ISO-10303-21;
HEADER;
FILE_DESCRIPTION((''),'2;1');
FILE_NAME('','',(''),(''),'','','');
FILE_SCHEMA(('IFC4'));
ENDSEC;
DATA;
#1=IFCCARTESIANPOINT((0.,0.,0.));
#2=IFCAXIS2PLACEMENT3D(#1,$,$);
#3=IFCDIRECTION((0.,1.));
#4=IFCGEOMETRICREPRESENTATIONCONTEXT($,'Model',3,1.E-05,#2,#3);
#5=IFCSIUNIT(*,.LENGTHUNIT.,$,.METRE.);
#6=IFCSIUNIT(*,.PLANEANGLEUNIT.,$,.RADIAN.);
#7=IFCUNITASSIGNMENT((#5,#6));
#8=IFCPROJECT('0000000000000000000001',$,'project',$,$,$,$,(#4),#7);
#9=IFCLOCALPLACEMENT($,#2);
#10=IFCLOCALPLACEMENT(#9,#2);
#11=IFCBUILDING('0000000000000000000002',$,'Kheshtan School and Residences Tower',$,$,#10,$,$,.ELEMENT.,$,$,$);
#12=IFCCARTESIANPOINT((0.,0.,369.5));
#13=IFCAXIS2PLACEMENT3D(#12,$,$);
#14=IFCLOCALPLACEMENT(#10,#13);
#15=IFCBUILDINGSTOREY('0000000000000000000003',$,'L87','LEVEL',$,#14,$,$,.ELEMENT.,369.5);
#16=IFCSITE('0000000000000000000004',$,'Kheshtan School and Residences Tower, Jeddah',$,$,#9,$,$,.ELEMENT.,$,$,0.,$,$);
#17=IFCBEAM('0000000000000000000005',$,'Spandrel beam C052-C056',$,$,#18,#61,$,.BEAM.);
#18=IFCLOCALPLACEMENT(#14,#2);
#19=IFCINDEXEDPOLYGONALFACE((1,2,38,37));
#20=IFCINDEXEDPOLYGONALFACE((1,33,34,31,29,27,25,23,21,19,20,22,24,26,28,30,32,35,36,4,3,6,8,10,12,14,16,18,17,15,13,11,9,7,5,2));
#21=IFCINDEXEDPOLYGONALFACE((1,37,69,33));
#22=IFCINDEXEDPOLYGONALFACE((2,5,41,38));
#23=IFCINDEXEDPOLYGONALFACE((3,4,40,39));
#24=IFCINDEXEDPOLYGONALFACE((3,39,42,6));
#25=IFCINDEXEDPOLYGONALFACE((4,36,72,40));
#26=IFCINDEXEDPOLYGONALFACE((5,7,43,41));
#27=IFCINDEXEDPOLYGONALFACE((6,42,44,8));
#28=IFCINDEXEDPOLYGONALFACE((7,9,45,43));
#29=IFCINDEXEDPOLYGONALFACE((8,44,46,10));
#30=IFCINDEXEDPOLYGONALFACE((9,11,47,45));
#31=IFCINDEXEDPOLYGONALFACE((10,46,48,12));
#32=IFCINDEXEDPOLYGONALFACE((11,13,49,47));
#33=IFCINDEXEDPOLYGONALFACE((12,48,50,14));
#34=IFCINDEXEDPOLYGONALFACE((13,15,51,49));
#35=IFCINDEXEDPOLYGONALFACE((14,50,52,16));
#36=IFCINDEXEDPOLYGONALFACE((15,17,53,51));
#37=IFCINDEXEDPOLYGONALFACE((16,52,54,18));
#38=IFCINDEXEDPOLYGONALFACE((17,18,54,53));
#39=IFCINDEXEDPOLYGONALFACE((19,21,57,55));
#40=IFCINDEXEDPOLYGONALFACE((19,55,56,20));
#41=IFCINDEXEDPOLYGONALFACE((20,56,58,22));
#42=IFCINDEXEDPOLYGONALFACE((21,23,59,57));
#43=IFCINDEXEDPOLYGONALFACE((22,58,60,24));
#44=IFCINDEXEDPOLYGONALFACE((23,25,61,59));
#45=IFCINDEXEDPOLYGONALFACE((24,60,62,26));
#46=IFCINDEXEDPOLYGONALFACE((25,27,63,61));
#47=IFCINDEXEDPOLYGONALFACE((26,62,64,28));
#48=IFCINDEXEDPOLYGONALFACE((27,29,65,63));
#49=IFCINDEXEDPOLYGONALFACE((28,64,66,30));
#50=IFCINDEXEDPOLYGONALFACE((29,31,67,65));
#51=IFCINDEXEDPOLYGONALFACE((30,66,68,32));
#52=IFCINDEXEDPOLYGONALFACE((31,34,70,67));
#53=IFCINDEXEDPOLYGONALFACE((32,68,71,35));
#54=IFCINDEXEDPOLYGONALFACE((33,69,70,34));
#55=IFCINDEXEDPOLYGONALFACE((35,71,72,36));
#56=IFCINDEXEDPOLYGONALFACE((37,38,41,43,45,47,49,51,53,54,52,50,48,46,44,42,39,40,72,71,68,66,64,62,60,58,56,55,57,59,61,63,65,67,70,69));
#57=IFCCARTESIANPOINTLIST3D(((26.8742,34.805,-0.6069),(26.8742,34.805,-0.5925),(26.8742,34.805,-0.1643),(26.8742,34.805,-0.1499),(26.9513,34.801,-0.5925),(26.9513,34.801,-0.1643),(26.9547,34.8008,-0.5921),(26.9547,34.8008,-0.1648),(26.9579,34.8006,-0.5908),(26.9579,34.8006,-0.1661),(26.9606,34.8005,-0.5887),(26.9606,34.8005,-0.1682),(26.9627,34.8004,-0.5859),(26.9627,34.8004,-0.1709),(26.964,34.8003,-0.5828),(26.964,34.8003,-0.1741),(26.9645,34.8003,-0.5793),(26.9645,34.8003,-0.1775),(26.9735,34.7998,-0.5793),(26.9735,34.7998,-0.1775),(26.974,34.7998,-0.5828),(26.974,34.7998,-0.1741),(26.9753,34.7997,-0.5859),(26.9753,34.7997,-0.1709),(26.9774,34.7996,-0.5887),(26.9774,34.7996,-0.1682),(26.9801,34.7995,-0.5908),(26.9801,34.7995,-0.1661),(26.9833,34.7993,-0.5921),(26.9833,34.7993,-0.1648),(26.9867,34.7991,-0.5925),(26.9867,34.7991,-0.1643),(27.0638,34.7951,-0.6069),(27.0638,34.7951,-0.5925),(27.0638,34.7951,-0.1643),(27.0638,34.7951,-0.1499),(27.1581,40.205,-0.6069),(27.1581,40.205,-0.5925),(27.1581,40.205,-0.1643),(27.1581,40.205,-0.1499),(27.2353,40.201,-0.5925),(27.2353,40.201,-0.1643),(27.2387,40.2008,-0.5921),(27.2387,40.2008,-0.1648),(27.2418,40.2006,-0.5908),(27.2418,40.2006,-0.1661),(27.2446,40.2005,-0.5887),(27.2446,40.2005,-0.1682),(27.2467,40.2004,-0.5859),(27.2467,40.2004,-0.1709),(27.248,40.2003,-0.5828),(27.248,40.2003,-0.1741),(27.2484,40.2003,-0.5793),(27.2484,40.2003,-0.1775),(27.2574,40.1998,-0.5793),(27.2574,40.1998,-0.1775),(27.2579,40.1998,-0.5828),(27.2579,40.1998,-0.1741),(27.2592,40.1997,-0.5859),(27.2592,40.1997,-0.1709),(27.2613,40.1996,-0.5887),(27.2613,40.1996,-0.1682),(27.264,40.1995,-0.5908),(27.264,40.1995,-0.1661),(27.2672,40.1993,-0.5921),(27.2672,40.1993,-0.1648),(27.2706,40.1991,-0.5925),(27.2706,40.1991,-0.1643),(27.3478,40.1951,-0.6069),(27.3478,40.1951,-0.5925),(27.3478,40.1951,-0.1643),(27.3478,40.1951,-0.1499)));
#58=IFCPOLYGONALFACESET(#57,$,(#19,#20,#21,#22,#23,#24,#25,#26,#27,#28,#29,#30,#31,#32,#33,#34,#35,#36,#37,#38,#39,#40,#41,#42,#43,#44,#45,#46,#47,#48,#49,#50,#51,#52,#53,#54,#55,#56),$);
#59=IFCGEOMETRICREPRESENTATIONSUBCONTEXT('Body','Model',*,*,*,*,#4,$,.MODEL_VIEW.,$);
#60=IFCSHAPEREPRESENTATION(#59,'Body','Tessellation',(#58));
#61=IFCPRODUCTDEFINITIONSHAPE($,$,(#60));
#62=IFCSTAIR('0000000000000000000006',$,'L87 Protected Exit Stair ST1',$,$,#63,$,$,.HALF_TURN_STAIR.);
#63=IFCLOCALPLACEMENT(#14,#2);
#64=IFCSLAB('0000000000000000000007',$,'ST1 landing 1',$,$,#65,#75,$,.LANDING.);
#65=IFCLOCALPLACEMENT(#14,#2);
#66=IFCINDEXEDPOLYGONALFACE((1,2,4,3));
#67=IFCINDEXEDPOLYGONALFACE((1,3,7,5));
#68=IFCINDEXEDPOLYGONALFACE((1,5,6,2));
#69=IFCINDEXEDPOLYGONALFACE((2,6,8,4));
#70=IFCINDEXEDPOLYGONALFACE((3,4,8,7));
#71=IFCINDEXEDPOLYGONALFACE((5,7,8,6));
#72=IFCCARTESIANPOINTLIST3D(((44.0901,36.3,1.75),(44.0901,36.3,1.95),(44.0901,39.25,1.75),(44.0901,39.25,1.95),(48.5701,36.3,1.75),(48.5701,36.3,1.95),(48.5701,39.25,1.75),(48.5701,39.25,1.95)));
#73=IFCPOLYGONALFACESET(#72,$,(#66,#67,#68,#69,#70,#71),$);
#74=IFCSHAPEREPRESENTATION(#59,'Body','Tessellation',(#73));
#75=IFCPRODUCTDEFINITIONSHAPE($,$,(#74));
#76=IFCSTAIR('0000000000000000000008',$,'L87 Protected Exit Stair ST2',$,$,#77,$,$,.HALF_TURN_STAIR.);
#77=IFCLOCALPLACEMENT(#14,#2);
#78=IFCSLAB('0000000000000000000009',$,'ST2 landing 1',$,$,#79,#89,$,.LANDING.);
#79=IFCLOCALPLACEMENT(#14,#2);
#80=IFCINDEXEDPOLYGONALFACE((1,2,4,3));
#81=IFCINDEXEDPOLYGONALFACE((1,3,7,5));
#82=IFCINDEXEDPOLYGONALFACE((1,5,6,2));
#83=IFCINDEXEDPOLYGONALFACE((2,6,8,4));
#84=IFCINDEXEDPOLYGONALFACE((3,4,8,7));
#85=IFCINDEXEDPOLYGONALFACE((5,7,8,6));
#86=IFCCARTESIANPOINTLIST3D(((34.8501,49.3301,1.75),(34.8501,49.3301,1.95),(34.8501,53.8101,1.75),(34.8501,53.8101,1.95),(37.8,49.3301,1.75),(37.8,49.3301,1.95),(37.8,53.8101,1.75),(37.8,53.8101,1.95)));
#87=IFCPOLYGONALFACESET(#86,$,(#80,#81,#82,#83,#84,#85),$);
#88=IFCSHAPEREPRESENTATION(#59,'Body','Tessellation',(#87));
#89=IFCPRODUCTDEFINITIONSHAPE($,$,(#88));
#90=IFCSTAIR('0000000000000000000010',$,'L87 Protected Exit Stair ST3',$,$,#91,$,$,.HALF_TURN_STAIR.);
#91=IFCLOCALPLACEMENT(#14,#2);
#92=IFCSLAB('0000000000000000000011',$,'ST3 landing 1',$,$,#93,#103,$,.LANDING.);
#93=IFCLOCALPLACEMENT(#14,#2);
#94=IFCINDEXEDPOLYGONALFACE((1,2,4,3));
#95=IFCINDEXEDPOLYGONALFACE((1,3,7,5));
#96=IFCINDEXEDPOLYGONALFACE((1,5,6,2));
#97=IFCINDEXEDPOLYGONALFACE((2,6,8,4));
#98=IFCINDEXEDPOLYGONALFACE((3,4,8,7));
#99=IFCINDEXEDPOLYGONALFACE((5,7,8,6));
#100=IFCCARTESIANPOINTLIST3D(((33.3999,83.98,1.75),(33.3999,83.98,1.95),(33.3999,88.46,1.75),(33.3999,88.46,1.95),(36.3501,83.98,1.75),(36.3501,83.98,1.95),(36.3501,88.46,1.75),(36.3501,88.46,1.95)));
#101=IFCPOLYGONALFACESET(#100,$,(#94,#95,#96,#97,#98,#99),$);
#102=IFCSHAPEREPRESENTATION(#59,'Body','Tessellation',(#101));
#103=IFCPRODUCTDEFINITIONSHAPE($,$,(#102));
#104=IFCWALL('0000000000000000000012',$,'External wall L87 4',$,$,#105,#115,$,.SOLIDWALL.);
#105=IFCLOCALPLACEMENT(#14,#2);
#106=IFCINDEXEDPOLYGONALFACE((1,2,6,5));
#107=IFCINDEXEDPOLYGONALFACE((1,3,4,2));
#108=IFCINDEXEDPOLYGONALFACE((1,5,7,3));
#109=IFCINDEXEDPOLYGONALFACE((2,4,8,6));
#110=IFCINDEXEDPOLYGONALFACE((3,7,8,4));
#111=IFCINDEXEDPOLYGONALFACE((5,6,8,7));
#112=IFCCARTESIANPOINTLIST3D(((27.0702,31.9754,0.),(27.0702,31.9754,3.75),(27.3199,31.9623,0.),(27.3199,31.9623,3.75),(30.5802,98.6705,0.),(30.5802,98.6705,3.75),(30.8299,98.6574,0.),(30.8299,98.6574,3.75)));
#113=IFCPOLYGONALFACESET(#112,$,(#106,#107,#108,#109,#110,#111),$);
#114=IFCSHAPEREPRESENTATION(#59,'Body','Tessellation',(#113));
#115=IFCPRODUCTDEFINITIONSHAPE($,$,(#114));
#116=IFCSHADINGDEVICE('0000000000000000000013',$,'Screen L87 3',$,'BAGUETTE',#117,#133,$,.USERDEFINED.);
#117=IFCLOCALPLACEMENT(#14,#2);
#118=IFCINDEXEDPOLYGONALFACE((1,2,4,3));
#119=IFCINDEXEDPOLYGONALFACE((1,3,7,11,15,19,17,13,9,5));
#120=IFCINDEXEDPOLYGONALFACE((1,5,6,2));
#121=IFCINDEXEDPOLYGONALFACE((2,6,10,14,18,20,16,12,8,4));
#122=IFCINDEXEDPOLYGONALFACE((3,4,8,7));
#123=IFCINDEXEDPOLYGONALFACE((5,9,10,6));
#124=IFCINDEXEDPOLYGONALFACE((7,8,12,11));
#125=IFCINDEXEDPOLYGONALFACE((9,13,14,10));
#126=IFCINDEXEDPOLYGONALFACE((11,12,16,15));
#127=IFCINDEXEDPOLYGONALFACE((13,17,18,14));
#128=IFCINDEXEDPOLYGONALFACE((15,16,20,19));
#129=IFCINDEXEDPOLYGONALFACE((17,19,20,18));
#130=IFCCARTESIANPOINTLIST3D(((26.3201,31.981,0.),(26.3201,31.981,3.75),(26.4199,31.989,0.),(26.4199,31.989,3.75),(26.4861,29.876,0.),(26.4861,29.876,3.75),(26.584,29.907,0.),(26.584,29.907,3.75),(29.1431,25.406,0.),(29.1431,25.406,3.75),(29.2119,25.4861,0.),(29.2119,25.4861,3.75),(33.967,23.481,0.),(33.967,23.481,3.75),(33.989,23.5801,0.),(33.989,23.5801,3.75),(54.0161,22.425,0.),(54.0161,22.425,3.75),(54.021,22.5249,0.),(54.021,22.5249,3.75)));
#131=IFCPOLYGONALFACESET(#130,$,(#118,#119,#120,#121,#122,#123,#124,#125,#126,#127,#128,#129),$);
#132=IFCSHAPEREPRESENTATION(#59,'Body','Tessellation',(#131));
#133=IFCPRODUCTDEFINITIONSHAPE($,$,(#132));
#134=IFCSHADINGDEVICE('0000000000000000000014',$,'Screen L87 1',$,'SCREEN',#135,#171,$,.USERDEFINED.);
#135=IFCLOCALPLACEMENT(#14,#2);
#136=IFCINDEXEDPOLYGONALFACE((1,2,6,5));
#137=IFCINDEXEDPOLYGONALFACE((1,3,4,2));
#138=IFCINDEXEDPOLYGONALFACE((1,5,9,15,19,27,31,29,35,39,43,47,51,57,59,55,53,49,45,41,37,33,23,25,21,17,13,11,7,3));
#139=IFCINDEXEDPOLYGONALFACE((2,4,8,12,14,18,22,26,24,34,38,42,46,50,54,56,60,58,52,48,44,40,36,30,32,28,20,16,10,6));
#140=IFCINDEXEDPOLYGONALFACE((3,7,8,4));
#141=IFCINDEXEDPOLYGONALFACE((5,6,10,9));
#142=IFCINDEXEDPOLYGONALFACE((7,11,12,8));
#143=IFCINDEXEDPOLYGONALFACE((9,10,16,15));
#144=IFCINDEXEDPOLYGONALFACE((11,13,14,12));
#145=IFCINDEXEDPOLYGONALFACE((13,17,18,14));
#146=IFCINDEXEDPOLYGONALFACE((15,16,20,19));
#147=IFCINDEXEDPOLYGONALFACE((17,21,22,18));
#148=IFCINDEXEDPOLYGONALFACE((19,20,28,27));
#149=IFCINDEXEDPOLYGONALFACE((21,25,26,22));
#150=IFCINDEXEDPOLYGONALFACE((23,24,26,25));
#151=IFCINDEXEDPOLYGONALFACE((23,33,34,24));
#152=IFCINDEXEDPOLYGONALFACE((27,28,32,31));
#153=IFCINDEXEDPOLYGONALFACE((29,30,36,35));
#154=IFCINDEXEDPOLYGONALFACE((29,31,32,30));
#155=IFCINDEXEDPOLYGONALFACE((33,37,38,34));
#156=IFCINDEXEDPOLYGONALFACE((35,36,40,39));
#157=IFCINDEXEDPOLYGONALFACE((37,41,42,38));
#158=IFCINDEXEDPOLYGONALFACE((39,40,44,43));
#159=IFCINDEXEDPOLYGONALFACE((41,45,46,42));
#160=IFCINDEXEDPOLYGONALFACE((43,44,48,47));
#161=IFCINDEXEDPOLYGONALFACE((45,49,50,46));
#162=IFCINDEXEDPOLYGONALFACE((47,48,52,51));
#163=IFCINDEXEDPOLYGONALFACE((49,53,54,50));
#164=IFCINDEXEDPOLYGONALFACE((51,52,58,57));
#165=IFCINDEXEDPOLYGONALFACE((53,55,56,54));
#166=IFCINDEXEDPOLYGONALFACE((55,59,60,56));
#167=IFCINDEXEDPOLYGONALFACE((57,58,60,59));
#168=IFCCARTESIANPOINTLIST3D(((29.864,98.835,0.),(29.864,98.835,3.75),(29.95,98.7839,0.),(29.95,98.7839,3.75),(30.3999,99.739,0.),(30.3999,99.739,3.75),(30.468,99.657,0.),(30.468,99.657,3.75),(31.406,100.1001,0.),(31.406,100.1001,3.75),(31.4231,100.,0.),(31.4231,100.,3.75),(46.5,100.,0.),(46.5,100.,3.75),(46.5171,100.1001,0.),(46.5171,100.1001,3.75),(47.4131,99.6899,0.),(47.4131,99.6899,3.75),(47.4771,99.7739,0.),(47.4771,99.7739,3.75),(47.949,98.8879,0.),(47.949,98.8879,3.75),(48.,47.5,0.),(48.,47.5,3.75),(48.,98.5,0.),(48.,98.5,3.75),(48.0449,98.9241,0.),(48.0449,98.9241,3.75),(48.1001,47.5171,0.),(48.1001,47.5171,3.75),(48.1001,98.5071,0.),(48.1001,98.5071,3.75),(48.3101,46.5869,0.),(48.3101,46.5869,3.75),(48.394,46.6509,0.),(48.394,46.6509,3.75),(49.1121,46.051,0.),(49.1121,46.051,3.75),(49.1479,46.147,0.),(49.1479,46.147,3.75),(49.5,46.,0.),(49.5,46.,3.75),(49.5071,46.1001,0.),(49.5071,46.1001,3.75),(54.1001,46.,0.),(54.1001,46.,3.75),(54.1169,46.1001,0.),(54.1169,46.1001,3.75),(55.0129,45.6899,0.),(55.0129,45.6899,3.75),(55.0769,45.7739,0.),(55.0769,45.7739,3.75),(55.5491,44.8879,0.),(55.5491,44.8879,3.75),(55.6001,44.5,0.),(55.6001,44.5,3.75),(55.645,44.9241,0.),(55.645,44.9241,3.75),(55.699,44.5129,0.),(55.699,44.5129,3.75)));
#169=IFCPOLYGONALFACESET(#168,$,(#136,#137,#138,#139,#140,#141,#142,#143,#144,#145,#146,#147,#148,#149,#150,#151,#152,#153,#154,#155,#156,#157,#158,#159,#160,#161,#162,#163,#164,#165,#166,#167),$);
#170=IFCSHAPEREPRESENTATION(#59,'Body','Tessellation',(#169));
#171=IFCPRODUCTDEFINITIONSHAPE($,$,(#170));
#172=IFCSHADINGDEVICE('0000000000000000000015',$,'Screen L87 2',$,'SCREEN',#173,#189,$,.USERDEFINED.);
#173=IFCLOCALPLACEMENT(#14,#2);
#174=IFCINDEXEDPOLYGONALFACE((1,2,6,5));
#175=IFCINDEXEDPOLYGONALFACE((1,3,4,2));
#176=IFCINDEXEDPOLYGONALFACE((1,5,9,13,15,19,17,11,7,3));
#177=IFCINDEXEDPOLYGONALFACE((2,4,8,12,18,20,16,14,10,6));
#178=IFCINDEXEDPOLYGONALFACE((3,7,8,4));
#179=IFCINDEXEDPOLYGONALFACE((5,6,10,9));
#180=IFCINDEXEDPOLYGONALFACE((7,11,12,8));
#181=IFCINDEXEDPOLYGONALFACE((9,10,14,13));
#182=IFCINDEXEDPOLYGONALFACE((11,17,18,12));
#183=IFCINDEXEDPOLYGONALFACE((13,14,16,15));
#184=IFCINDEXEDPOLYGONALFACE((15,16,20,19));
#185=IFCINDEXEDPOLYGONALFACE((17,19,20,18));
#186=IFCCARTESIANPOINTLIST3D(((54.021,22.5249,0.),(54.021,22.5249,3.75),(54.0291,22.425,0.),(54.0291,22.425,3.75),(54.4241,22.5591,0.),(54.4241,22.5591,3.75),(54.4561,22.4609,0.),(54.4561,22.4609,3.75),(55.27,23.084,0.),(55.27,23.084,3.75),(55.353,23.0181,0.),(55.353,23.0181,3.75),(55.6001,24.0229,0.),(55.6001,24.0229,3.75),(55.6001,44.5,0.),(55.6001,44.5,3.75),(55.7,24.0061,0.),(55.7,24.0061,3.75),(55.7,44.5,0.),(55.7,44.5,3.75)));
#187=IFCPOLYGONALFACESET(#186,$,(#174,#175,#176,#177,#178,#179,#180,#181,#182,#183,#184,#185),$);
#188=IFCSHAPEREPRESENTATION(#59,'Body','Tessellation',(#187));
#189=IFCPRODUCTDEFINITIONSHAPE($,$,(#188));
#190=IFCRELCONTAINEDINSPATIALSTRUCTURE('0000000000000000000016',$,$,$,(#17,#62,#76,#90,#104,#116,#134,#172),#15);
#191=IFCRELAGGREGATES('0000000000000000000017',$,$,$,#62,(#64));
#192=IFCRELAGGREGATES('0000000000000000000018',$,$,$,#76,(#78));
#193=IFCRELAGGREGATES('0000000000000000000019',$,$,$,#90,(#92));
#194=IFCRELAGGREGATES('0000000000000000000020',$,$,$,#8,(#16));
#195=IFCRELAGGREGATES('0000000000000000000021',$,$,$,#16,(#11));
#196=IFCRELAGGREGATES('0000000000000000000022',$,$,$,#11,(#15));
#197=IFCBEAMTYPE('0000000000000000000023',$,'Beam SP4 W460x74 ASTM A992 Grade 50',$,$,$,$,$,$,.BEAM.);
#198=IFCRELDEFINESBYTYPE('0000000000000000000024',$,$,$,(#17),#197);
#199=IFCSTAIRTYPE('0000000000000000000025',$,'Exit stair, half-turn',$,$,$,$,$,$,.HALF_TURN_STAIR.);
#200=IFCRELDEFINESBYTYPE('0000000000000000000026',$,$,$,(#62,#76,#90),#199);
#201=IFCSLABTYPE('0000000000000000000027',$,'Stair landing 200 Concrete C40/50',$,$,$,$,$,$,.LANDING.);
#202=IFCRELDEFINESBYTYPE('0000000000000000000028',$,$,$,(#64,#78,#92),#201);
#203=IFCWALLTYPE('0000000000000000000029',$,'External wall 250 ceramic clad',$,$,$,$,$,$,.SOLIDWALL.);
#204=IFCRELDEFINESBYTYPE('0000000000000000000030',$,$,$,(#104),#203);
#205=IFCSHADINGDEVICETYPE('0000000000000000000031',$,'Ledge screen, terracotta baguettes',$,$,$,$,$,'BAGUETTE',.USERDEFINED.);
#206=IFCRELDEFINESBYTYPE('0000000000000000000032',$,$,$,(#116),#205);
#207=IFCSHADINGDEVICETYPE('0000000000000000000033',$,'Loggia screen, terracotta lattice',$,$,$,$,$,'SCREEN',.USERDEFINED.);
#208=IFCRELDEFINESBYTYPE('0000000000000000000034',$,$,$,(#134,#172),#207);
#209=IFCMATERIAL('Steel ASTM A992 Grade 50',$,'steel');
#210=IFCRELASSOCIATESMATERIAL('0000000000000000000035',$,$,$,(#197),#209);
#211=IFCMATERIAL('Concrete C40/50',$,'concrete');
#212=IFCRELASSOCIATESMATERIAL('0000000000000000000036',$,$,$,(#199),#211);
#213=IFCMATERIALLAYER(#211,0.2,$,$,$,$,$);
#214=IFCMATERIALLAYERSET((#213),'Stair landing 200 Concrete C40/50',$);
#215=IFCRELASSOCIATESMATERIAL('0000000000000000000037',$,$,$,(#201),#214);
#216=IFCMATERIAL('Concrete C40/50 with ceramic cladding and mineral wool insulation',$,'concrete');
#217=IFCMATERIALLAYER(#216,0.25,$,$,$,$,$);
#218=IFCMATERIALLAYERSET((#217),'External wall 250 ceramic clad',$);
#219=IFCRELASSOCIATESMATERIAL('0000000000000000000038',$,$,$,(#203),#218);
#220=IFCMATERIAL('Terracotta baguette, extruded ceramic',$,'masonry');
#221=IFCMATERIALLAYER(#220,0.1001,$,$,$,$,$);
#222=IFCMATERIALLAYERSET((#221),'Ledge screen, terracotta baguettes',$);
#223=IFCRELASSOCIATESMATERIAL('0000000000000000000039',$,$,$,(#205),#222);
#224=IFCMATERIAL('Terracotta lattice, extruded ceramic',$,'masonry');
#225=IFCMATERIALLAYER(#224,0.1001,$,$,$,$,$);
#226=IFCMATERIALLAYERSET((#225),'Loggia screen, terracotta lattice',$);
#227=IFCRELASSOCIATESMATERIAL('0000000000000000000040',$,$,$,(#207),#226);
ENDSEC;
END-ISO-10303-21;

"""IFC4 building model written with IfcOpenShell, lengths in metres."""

from ifc_helpers import new_model, si_unit, direction, frame, frame_2d, origin, origin_2d, place, context, subcontext, project, spatial, polyline, rectangle, i_section, outline, extrude, material, layer, layer_set, material_profile, profile_set, type_object, element, aggregate, save


model = new_model("IFC4")

# Units and contexts
model_context = context("Model", 3, precision=1e-05, world=origin(), true_north=direction((0.0, 1.0)))
body_context = subcontext(model_context, "Body", "Model", "MODEL_VIEW")
ifc_project = project(units=[si_unit("LENGTHUNIT", "METRE"), si_unit("PLANEANGLEUNIT", "RADIAN")], contexts=[model_context])

# Site, building, storey
site_placement = place(None, origin())
site = spatial("IfcSite", under=ifc_project, at=site_placement, Name="Kheshtan School and Residences Tower, Jeddah", CompositionType="ELEMENT", RefElevation=0.0)
building_placement = place(site_placement, origin())
building = spatial("IfcBuilding", under=site, at=building_placement, Name="Kheshtan School and Residences Tower", CompositionType="ELEMENT")
storey_placement = place(building_placement, frame((0.0, 0.0, 369.5)))
storey = spatial("IfcBuildingStorey", under=building, at=storey_placement, Name="L87", Description="LEVEL", CompositionType="ELEMENT", Elevation=369.5)

# Shared definitions
ifc_material_1 = material(Name="Steel ASTM A992 Grade 50", Category="steel")

# Beam
ifc_material_profile_1 = material_profile(ifc_material_1, i_section(OverallWidth=0.1899, OverallDepth=0.457, WebThickness=0.009, FlangeThickness=0.0144, FilletRadius=0.0132, at=origin_2d()), Name="W460x74")
ifc_profile_set_1 = profile_set([ifc_material_profile_1], Name="Steel ASTM A992 Grade 50")
beam_type_1 = type_object("IfcBeamType", Name="Beam SP4 W460x74 ASTM A992 Grade 50", PredefinedType="BEAM", material=ifc_profile_set_1)
beam_1_placement = place(storey_placement, frame((26.969, 34.8, -0.3784), z_axis=(0.052509, 0.99862, 0.0), x_axis=(-0.99862, 0.052509, 0.0)))
element("IfcBeam", 1, at=beam_1_placement, inside=storey, type_object=beam_type_1, Name="Spandrel beam C052-C056", PredefinedType="BEAM", context=body_context, shape_type="SweptSolid", body=[
    extrude(i_section(OverallWidth=0.1899, OverallDepth=0.457, WebThickness=0.009, FlangeThickness=0.0144, FilletRadius=0.0132, at=origin_2d()), origin(), (0.0, 0.0, 1.0), 5.4075),
])

# Shared definitions
ifc_material_2 = material(Name="Concrete C40/50", Category="concrete")

# Stairs, slabs
stair_type = type_object("IfcStairType", Name="Exit stair, half-turn", PredefinedType="HALF_TURN_STAIR", material=ifc_material_2)
stair_1_placement = place(storey_placement, origin())
stair_1 = element("IfcStair", 2, at=stair_1_placement, inside=storey, type_object=stair_type, Name="L87 Protected Exit Stair ST1", PredefinedType="HALF_TURN_STAIR")
ifc_layer_1 = layer(ifc_material_2, 0.2)
ifc_layer_set_1 = layer_set([ifc_layer_1], Name="Stair landing 200 Concrete C40/50")
slab_type_1 = type_object("IfcSlabType", Name="Stair landing 200 Concrete C40/50", PredefinedType="LANDING", material=ifc_layer_set_1)
slab_1_placement = place(storey_placement, frame((0.0, 0.0, 1.75)))
slab_1 = element("IfcSlab", 3, at=slab_1_placement, type_object=slab_type_1, Name="ST1 landing 1", PredefinedType="LANDING", context=body_context, shape_type="SweptSolid", body=[
    extrude(outline(polyline([(48.5701, 39.25), (44.0901, 39.25), (44.0901, 36.3), (48.5701, 36.3), (48.5701, 39.25)])), origin(), (0.0, 0.0, 1.0), 0.2),
])
aggregate(stair_1, [slab_1])
stair_2_placement = place(storey_placement, origin())
stair_2 = element("IfcStair", 4, at=stair_2_placement, inside=storey, type_object=stair_type, Name="L87 Protected Exit Stair ST2", PredefinedType="HALF_TURN_STAIR")
slab_2_placement = place(storey_placement, frame((0.0, 0.0, 1.75)))
slab_2 = element("IfcSlab", 5, at=slab_2_placement, type_object=slab_type_1, Name="ST2 landing 1", PredefinedType="LANDING", context=body_context, shape_type="SweptSolid", body=[
    extrude(outline(polyline([(37.8, 49.3301), (37.8, 53.8101), (34.8501, 53.8101), (34.8501, 49.3301), (37.8, 49.3301)])), origin(), (0.0, 0.0, 1.0), 0.2),
])
aggregate(stair_2, [slab_2])
stair_3_placement = place(storey_placement, origin())
stair_3 = element("IfcStair", 6, at=stair_3_placement, inside=storey, type_object=stair_type, Name="L87 Protected Exit Stair ST3", PredefinedType="HALF_TURN_STAIR")
slab_3_placement = place(storey_placement, frame((0.0, 0.0, 1.75)))
slab_3 = element("IfcSlab", 7, at=slab_3_placement, type_object=slab_type_1, Name="ST3 landing 1", PredefinedType="LANDING", context=body_context, shape_type="SweptSolid", body=[
    extrude(outline(polyline([(36.3501, 83.98), (36.3501, 88.46), (33.3999, 88.46), (33.3999, 83.98), (36.3501, 83.98)])), origin(), (0.0, 0.0, 1.0), 0.2),
])
aggregate(stair_3, [slab_3])

# Wall
ifc_material_3 = material(Name="Concrete C40/50 with ceramic cladding and mineral wool insulation", Category="concrete")
ifc_layer_2 = layer(ifc_material_3, 0.25)
ifc_layer_set_2 = layer_set([ifc_layer_2], Name="External wall 250 ceramic clad")
wall_type = type_object("IfcWallType", Name="External wall 250 ceramic clad", PredefinedType="SOLIDWALL", material=ifc_layer_set_2)
wall_placement = place(storey_placement, frame((27.1951, 31.969, 0.0), z_axis=(0.0, 0.0, 1.0), x_axis=(0.052555, 0.998618, 0.0)))
element("IfcWall", 8, at=wall_placement, inside=storey, type_object=wall_type, Name="External wall L87 4", PredefinedType="SOLIDWALL", context=body_context, shape_type="SweptSolid", body=[
    extrude(rectangle(XDim=66.7874, YDim=0.25, at=frame_2d((33.3936, 0.0))), origin(), (0.0, 0.0, 1.0), 3.75),
])

# Shading devices
ifc_material_4 = material(Name="Terracotta baguette, extruded ceramic", Category="masonry")
ifc_layer_3 = layer(ifc_material_4, 0.1001)
ifc_layer_set_3 = layer_set([ifc_layer_3], Name="Ledge screen, terracotta baguettes")
shading_device_type_1 = type_object("IfcShadingDeviceType", Name="Ledge screen, terracotta baguettes", ElementType="BAGUETTE", PredefinedType="USERDEFINED", material=ifc_layer_set_3)
shading_device_1_placement = place(storey_placement, origin())
element("IfcShadingDevice", 9, at=shading_device_1_placement, inside=storey, type_object=shading_device_type_1, Name="Screen L87 3", ObjectType="BAGUETTE", PredefinedType="USERDEFINED", context=body_context, shape_type="SweptSolid", body=[
    extrude(outline(polyline([(54.021, 22.5249), (33.989, 23.5801), (29.2119, 25.4861), (26.584, 29.907), (26.4199, 31.989), (26.3201, 31.981), (26.4861, 29.876), (29.1431, 25.406), (33.967, 23.481), (54.0161, 22.425), (54.021, 22.5249)])), origin(), (0.0, 0.0, 1.0), 3.75),
])
ifc_material_5 = material(Name="Terracotta lattice, extruded ceramic", Category="masonry")
ifc_layer_4 = layer(ifc_material_5, 0.1001)
ifc_layer_set_4 = layer_set([ifc_layer_4], Name="Loggia screen, terracotta lattice")
shading_device_type_2 = type_object("IfcShadingDeviceType", Name="Loggia screen, terracotta lattice", ElementType="SCREEN", PredefinedType="USERDEFINED", material=ifc_layer_set_4)
shading_device_2_placement = place(storey_placement, origin())
element("IfcShadingDevice", 10, at=shading_device_2_placement, inside=storey, type_object=shading_device_type_2, Name="Screen L87 1", ObjectType="SCREEN", PredefinedType="USERDEFINED", context=body_context, shape_type="SweptSolid", body=[
    extrude(outline(polyline([(29.95, 98.7839), (30.468, 99.657), (31.4231, 100.0), (46.5, 100.0), (47.4131, 99.6899), (47.949, 98.8879), (48.0, 98.5), (48.0, 47.5), (48.3101, 46.5869), (49.1121, 46.051), (49.5, 46.0), (54.1001, 46.0), (55.0129, 45.6899), (55.5491, 44.8879), (55.6001, 44.5), (55.699, 44.5129), (55.645, 44.9241), (55.0769, 45.7739), (54.1169, 46.1001), (49.5071, 46.1001), (49.1479, 46.147), (48.394, 46.6509), (48.1001, 47.5171), (48.1001, 98.5071), (48.0449, 98.9241), (47.4771, 99.7739), (46.5171, 100.1001), (31.406, 100.1001), (30.3999, 99.739), (29.864, 98.835), (29.95, 98.7839)])), origin(), (0.0, 0.0, 1.0), 3.75),
])
shading_device_3_placement = place(storey_placement, origin())
element("IfcShadingDevice", 11, at=shading_device_3_placement, inside=storey, type_object=shading_device_type_2, Name="Screen L87 2", ObjectType="SCREEN", PredefinedType="USERDEFINED", context=body_context, shape_type="SweptSolid", body=[
    extrude(outline(polyline([(55.6001, 44.5), (55.6001, 24.0229), (55.27, 23.084), (54.4241, 22.5591), (54.021, 22.5249), (54.0291, 22.425), (54.4561, 22.4609), (55.353, 23.0181), (55.7, 24.0061), (55.7, 44.5), (55.6001, 44.5)])), origin(), (0.0, 0.0, 1.0), 3.75),
])

save(model, "model.ifc")
